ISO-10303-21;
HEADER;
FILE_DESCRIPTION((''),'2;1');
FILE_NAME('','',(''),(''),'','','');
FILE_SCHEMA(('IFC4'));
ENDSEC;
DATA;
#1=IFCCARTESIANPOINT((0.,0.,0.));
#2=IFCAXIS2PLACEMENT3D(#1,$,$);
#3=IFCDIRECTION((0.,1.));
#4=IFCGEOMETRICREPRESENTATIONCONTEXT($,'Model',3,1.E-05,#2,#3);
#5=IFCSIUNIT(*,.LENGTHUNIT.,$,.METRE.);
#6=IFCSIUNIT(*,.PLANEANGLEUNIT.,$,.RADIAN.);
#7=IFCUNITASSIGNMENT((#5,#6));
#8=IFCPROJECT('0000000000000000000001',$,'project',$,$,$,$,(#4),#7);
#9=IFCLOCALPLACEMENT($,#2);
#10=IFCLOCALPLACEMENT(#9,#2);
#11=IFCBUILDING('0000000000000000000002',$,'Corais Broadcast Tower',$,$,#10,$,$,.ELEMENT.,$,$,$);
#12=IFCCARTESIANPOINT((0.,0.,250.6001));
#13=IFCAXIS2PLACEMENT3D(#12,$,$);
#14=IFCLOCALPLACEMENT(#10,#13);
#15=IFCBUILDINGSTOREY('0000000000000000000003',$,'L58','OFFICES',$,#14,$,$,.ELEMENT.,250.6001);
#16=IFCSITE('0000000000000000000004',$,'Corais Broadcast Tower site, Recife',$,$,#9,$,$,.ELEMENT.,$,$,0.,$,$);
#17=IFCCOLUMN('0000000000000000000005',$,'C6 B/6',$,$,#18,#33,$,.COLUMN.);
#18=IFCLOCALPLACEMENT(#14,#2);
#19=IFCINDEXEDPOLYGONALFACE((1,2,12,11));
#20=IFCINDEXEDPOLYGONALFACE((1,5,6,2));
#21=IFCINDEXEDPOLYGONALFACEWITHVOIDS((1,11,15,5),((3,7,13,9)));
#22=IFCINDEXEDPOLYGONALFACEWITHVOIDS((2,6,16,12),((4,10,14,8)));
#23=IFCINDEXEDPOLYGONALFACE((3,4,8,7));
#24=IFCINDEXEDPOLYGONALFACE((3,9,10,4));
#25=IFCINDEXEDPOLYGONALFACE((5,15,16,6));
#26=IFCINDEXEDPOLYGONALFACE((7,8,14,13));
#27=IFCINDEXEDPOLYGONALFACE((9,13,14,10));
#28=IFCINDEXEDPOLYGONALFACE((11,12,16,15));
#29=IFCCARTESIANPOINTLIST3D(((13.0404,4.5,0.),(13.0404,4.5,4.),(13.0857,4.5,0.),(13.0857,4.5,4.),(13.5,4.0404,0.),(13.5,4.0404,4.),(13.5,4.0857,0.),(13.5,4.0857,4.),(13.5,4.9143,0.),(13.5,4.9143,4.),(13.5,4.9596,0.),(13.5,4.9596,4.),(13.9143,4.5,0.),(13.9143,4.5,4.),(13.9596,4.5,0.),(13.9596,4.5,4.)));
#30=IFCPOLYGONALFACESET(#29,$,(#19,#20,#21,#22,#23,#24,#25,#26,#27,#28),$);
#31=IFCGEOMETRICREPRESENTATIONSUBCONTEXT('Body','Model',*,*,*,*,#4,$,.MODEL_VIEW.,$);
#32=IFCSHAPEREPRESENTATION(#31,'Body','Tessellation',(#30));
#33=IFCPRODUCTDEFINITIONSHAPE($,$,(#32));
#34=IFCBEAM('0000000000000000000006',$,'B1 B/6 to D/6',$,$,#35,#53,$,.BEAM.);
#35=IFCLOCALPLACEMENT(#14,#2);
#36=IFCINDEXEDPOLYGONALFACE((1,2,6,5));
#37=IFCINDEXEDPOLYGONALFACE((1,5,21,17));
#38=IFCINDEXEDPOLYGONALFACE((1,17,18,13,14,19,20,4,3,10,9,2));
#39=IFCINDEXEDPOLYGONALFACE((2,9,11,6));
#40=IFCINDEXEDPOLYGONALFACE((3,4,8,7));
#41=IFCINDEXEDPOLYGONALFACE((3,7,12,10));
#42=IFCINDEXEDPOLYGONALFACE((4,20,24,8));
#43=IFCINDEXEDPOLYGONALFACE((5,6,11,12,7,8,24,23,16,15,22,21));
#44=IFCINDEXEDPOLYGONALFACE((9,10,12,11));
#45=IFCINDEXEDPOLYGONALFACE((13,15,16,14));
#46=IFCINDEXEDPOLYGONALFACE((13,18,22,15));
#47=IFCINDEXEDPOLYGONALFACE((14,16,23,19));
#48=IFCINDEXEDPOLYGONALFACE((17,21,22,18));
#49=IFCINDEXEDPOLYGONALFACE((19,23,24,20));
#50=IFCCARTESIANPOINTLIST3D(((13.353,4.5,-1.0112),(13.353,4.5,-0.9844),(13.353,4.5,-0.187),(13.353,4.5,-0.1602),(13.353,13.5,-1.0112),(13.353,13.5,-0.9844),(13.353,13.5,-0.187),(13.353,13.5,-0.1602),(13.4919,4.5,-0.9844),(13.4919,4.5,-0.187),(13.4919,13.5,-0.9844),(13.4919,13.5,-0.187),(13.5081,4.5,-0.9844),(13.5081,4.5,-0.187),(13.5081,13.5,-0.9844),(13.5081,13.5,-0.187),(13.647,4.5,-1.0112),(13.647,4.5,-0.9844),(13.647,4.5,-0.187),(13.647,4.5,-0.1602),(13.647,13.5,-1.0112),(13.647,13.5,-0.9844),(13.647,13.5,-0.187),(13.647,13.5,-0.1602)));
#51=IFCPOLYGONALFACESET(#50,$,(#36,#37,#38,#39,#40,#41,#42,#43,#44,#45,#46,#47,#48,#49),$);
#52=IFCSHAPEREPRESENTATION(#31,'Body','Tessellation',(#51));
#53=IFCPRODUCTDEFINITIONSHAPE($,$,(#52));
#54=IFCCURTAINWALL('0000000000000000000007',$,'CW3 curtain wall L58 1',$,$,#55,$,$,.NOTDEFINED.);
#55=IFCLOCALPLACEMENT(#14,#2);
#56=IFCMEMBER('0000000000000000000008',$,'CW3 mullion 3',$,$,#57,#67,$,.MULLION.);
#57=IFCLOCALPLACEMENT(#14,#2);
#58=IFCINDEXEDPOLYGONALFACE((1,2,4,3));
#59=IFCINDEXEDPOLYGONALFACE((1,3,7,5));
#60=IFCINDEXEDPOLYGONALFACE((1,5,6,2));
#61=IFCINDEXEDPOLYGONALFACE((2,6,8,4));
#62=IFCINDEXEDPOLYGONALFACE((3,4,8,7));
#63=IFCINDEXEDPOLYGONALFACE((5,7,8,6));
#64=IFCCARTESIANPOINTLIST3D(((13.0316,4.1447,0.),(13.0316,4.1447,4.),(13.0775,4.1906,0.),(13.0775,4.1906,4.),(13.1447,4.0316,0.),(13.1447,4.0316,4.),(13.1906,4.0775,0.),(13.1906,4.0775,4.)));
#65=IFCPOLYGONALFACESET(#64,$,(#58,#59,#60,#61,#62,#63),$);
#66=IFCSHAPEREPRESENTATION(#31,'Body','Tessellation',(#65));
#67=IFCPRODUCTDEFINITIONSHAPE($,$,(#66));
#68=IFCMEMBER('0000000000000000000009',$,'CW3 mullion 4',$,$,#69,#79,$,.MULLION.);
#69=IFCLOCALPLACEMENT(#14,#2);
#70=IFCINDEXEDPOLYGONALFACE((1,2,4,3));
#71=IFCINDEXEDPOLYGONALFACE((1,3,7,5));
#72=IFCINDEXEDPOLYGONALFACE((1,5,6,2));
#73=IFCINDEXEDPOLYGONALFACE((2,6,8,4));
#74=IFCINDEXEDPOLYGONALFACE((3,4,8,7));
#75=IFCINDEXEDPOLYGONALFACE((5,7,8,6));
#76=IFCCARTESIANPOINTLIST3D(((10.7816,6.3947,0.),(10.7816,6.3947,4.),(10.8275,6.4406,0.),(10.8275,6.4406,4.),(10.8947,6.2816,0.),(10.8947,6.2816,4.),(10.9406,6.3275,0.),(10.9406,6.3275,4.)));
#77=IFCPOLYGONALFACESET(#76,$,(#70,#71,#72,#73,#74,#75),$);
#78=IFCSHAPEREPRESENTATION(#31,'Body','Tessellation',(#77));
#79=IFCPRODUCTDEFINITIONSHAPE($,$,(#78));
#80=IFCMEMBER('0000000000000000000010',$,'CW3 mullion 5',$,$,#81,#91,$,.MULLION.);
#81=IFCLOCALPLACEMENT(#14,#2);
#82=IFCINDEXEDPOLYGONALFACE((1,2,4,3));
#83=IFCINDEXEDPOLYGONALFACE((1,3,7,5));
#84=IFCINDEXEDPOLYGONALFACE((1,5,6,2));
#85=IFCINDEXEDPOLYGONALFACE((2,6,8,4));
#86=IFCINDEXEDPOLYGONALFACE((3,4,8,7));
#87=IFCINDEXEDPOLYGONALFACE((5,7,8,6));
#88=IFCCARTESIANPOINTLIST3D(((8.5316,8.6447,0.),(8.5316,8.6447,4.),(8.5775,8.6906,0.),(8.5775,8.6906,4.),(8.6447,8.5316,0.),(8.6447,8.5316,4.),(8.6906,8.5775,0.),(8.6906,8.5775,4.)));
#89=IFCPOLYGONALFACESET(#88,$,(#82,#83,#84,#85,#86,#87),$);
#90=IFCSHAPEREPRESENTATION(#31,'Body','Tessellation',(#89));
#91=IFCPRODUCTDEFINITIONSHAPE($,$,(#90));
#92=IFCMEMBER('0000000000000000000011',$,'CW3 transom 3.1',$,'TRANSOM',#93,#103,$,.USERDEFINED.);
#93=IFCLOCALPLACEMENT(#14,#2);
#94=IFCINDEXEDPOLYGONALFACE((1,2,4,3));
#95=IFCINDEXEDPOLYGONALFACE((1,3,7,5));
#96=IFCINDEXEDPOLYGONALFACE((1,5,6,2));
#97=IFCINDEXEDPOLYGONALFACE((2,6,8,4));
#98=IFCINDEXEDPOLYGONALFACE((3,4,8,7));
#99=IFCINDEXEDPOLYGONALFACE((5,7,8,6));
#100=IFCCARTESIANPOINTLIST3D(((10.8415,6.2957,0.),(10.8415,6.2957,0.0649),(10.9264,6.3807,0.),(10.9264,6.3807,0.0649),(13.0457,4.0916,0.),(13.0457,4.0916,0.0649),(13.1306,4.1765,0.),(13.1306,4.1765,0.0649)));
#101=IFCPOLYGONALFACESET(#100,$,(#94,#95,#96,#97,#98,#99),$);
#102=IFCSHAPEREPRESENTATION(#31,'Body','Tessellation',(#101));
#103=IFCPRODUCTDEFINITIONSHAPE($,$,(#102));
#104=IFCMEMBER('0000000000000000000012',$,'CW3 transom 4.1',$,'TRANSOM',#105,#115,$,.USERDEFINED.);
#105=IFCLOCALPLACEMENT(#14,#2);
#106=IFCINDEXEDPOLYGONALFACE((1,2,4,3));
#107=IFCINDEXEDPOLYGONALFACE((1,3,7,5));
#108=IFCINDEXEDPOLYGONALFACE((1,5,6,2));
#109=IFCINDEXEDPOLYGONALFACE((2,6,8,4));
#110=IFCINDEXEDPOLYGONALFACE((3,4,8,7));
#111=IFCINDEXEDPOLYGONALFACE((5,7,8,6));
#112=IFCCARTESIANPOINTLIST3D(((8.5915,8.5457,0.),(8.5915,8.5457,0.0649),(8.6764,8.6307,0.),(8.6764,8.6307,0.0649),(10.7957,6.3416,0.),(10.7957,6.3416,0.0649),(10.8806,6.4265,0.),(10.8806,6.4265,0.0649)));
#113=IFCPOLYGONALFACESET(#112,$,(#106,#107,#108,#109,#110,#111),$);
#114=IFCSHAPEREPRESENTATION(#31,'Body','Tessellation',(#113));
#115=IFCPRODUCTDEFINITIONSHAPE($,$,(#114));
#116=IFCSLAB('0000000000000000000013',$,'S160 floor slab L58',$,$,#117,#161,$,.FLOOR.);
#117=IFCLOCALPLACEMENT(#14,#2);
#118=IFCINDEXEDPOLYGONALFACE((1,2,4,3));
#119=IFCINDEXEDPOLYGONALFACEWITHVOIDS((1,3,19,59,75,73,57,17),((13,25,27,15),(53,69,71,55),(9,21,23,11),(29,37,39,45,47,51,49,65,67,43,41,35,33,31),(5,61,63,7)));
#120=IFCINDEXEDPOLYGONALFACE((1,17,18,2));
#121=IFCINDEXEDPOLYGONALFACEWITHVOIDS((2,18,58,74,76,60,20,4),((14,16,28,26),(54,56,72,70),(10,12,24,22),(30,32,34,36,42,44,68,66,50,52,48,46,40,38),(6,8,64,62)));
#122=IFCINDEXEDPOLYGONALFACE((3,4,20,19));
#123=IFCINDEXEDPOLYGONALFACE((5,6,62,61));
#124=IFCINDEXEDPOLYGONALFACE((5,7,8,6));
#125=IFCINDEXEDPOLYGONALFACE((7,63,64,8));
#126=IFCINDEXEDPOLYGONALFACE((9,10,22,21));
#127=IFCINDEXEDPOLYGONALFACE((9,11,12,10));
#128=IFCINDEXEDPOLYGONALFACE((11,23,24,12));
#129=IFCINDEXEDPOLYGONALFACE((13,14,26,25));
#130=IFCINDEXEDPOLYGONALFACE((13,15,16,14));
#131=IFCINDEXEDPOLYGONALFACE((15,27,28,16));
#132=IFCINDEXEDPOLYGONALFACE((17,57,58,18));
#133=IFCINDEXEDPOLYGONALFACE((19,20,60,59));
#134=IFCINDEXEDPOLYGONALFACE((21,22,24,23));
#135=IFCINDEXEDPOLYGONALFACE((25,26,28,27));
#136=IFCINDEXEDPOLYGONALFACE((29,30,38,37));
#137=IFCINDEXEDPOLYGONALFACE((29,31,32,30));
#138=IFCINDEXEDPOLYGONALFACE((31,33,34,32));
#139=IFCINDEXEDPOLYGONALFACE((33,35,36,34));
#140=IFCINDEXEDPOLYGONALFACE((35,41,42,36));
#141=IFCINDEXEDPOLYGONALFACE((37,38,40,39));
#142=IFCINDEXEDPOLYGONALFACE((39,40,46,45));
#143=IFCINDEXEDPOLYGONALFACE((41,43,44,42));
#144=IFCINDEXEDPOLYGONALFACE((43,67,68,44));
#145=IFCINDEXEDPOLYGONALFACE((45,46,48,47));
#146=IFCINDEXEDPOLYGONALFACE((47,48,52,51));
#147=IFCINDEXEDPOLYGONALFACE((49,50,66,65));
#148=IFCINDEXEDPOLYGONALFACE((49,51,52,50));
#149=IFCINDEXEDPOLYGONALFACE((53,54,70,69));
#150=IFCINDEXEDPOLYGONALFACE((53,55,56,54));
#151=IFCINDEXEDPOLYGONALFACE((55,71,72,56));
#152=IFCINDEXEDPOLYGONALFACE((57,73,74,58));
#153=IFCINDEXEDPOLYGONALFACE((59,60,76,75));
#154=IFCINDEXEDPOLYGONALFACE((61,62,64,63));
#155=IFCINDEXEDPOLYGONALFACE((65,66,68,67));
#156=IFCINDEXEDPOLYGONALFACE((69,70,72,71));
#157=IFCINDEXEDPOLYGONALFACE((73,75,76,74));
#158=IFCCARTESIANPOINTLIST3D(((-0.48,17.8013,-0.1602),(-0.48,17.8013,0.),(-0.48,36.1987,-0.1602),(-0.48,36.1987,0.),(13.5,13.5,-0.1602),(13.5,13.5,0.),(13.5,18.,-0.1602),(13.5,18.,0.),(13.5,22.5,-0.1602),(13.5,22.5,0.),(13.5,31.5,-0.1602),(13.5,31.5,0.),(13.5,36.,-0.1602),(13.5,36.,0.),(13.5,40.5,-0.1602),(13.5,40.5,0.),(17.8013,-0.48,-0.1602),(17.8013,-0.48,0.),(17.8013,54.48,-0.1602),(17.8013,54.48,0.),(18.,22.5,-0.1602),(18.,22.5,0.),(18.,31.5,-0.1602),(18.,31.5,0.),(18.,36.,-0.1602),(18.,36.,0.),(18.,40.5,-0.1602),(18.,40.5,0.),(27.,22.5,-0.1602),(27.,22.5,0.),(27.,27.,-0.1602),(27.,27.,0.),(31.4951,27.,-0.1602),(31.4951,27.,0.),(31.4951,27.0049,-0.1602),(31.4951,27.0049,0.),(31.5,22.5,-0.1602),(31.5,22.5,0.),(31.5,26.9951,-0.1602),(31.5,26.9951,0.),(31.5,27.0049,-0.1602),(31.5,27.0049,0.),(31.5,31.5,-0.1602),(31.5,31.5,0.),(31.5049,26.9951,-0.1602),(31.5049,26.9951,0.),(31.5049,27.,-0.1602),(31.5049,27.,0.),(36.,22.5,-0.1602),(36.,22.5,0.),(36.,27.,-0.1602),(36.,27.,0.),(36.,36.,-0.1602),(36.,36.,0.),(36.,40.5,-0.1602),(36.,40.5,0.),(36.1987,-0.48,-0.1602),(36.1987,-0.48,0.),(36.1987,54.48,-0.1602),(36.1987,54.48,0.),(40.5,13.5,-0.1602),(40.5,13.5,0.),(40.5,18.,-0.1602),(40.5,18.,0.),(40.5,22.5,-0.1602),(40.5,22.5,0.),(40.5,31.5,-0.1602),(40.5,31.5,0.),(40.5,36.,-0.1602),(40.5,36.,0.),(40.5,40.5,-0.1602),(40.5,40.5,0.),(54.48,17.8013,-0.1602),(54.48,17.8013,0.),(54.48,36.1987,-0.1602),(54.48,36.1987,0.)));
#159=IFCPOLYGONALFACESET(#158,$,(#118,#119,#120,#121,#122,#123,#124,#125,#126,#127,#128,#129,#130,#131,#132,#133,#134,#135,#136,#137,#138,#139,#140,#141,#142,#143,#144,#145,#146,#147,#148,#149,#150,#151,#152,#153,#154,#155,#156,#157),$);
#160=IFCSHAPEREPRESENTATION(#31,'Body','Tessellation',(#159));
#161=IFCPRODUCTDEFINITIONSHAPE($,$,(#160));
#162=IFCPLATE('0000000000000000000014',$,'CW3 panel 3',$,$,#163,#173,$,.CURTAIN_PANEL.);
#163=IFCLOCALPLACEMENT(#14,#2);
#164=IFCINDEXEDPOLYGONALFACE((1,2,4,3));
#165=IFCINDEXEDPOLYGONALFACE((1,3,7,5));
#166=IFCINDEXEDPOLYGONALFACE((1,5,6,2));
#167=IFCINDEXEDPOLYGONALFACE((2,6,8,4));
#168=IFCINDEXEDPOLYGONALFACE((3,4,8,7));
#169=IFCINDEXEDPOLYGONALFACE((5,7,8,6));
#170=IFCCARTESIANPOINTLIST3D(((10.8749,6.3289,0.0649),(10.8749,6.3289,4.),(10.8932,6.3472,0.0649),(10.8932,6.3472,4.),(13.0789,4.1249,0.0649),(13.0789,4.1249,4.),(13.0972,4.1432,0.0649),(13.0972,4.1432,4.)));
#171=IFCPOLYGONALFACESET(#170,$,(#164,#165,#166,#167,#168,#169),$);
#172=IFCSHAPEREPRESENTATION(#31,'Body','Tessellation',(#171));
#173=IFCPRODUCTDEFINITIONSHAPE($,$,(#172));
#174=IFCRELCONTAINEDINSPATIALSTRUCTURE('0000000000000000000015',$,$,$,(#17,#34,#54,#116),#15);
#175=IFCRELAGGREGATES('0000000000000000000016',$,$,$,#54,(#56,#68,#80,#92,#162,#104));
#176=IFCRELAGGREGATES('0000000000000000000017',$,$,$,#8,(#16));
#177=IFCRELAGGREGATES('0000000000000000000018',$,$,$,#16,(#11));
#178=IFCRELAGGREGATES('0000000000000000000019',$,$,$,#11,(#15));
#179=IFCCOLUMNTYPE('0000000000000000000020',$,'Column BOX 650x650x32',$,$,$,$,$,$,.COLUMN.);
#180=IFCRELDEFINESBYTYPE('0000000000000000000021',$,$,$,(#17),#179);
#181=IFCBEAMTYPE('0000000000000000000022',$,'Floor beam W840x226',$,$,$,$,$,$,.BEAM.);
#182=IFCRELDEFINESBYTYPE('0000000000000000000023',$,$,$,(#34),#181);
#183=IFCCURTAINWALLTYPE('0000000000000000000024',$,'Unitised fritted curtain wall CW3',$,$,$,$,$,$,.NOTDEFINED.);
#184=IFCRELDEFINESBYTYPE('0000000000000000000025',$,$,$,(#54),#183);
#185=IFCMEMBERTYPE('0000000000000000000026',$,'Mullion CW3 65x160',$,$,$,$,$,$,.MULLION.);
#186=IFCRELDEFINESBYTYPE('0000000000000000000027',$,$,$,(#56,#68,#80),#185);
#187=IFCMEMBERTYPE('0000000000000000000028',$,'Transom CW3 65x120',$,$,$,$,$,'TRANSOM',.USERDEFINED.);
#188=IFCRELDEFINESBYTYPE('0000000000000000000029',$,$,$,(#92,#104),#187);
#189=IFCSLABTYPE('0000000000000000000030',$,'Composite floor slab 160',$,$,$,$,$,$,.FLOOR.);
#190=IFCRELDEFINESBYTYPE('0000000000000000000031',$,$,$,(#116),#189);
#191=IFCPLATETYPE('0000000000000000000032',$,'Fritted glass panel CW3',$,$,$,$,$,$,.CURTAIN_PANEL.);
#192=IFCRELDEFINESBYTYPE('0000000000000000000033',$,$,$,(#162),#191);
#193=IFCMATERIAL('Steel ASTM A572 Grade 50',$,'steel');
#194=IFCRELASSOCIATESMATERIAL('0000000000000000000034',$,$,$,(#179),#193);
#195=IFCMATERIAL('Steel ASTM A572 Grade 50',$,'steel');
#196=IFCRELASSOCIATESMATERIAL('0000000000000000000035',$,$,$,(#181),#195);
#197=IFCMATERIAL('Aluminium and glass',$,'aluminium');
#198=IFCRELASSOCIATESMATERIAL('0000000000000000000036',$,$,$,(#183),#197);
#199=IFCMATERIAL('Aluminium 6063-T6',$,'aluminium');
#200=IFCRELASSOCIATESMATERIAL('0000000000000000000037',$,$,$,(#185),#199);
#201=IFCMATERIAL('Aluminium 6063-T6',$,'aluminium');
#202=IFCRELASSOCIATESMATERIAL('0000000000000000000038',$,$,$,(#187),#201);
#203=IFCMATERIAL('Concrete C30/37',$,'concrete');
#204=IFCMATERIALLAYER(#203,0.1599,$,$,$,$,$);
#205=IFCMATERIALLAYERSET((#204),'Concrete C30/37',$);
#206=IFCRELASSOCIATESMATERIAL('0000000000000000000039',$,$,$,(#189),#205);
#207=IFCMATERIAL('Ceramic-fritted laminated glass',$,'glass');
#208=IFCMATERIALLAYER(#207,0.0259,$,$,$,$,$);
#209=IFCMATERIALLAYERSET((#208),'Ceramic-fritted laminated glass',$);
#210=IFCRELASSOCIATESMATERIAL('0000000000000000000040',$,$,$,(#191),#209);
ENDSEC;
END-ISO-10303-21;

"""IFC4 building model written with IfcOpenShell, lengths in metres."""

from ifc_helpers import new_model, si_unit, direction, frame, origin, origin_2d, place, context, subcontext, project, spatial, polyline, rectangle, hollow_rectangle, i_section, outline, extrude, material, layer, layer_set, material_profile, profile_set, type_object, element, aggregate, save


model = new_model("IFC4")

# Units and contexts
model_context = context("Model", 3, precision=1e-05, world=origin(), true_north=direction((0.0, 1.0)))
body_context = subcontext(model_context, "Body", "Model", "MODEL_VIEW")
ifc_project = project(units=[si_unit("LENGTHUNIT", "METRE"), si_unit("PLANEANGLEUNIT", "RADIAN")], contexts=[model_context])

# Site, building, storey
site_placement = place(None, origin())
site = spatial("IfcSite", under=ifc_project, at=site_placement, Name="Corais Broadcast Tower site, Recife", CompositionType="ELEMENT", RefElevation=0.0)
building_placement = place(site_placement, origin())
building = spatial("IfcBuilding", under=site, at=building_placement, Name="Corais Broadcast Tower", CompositionType="ELEMENT")
storey_placement = place(building_placement, frame((0.0, 0.0, 250.6001)))
storey = spatial("IfcBuildingStorey", under=building, at=storey_placement, Name="L58", Description="OFFICES", CompositionType="ELEMENT", Elevation=250.6001)

# Column
ifc_material_1 = material(Name="Steel ASTM A572 Grade 50", Category="steel")
ifc_material_profile_1 = material_profile(ifc_material_1, hollow_rectangle(XDim=0.6499, YDim=0.6499, WallThickness=0.032, at=origin_2d()), Name="BOX 650x650x32")
ifc_profile_set_1 = profile_set([ifc_material_profile_1], Name="Steel ASTM A572 Grade 50")
column_type = type_object("IfcColumnType", Name="Column BOX 650x650x32", PredefinedType="COLUMN", material=ifc_profile_set_1)
column_placement = place(storey_placement, frame((13.5, 4.5, 0.0), z_axis=(0.0, 0.0, 1.0), x_axis=(0.707107, 0.707107, 0.0)))
element("IfcColumn", 1, at=column_placement, inside=storey, type_object=column_type, Name="C6 B/6", PredefinedType="COLUMN", context=body_context, shape_type="SweptSolid", body=[
    extrude(hollow_rectangle(XDim=0.6499, YDim=0.6499, WallThickness=0.032, at=origin_2d()), origin(), (0.0, 0.0, 1.0), 4.0),
])

# Beam
ifc_material_2 = material(Name="Steel ASTM A572 Grade 50", Category="steel")
ifc_material_profile_2 = material_profile(ifc_material_2, i_section(OverallWidth=0.2939, OverallDepth=0.8511, WebThickness=0.0161, FlangeThickness=0.0269, at=origin_2d()), Name="W840x226")
ifc_profile_set_2 = profile_set([ifc_material_profile_2], Name="Steel ASTM A572 Grade 50")
beam_type = type_object("IfcBeamType", Name="Floor beam W840x226", PredefinedType="BEAM", material=ifc_profile_set_2)
beam_placement = place(storey_placement, frame((13.5, 4.5, -0.5857), z_axis=(0.0, 1.0, 0.0), x_axis=(-1.0, 0.0, 0.0)))
element("IfcBeam", 2, at=beam_placement, inside=storey, type_object=beam_type, Name="B1 B/6 to D/6", PredefinedType="BEAM", context=body_context, shape_type="SweptSolid", body=[
    extrude(i_section(OverallWidth=0.2939, OverallDepth=0.8511, WebThickness=0.0161, FlangeThickness=0.0269, at=origin_2d()), origin(), (0.0, 0.0, 1.0), 9.0),
])

# Curtain wall, members
ifc_material_3 = material(Name="Aluminium and glass", Category="aluminium")
curtain_wall_type = type_object("IfcCurtainWallType", Name="Unitised fritted curtain wall CW3", PredefinedType="NOTDEFINED", material=ifc_material_3)
curtain_wall_placement = place(storey_placement, origin())
curtain_wall = element("IfcCurtainWall", 3, at=curtain_wall_placement, inside=storey, type_object=curtain_wall_type, Name="CW3 curtain wall L58 1", PredefinedType="NOTDEFINED")
ifc_material_4 = material(Name="Aluminium 6063-T6", Category="aluminium")
ifc_material_profile_3 = material_profile(ifc_material_4, rectangle(XDim=0.0649, YDim=0.1599, at=origin_2d()), Name="Mullion CW3 65x160")
ifc_profile_set_3 = profile_set([ifc_material_profile_3], Name="Aluminium 6063-T6")
member_type_1 = type_object("IfcMemberType", Name="Mullion CW3 65x160", PredefinedType="MULLION", material=ifc_profile_set_3)
member_1_placement = place(storey_placement, frame((13.1111, 4.1111, 0.0), z_axis=(0.0, 0.0, 1.0), x_axis=(-0.707107, -0.707107, 0.0)))
member_1 = element("IfcMember", 4, at=member_1_placement, type_object=member_type_1, Name="CW3 mullion 3", PredefinedType="MULLION", context=body_context, shape_type="SweptSolid", body=[
    extrude(rectangle(XDim=0.0649, YDim=0.1599, at=origin_2d()), origin(), (0.0, 0.0, 1.0), 4.0),
])
member_2_placement = place(storey_placement, frame((10.8611, 6.3611, 0.0), z_axis=(0.0, 0.0, 1.0), x_axis=(-0.707107, -0.707107, 0.0)))
member_2 = element("IfcMember", 5, at=member_2_placement, type_object=member_type_1, Name="CW3 mullion 4", PredefinedType="MULLION", context=body_context, shape_type="SweptSolid", body=[
    extrude(rectangle(XDim=0.0649, YDim=0.1599, at=origin_2d()), origin(), (0.0, 0.0, 1.0), 4.0),
])
member_3_placement = place(storey_placement, frame((8.6111, 8.6111, 0.0), z_axis=(0.0, 0.0, 1.0), x_axis=(-0.707107, -0.707107, 0.0)))
member_3 = element("IfcMember", 6, at=member_3_placement, type_object=member_type_1, Name="CW3 mullion 5", PredefinedType="MULLION", context=body_context, shape_type="SweptSolid", body=[
    extrude(rectangle(XDim=0.0649, YDim=0.1599, at=origin_2d()), origin(), (0.0, 0.0, 1.0), 4.0),
])
ifc_material_5 = material(Name="Aluminium 6063-T6", Category="aluminium")
ifc_material_profile_4 = material_profile(ifc_material_5, rectangle(XDim=0.1201, YDim=0.0649, at=origin_2d()), Name="Transom CW3 65x120")
ifc_profile_set_4 = profile_set([ifc_material_profile_4], Name="Aluminium 6063-T6")
member_type_2 = type_object("IfcMemberType", Name="Transom CW3 65x120", ElementType="TRANSOM", PredefinedType="USERDEFINED", material=ifc_profile_set_4)
member_4_placement = place(storey_placement, frame((13.0881, 4.134, 0.0325), z_axis=(-0.707107, 0.707107, 0.0), x_axis=(-0.707107, -0.707107, 0.0)))
member_4 = element("IfcMember", 7, at=member_4_placement, type_object=member_type_2, Name="CW3 transom 3.1", ObjectType="TRANSOM", PredefinedType="USERDEFINED", context=body_context, shape_type="SweptSolid", body=[
    extrude(rectangle(XDim=0.1201, YDim=0.0649, at=origin_2d()), origin(), (0.0, 0.0, 1.0), 3.1172),
])
member_5_placement = place(storey_placement, frame((10.8381, 6.384, 0.0325), z_axis=(-0.707107, 0.707107, 0.0), x_axis=(-0.707107, -0.707107, 0.0)))
member_5 = element("IfcMember", 8, at=member_5_placement, type_object=member_type_2, Name="CW3 transom 4.1", ObjectType="TRANSOM", PredefinedType="USERDEFINED", context=body_context, shape_type="SweptSolid", body=[
    extrude(rectangle(XDim=0.1201, YDim=0.0649, at=origin_2d()), origin(), (0.0, 0.0, 1.0), 3.1172),
])

# Slab
ifc_material_6 = material(Name="Concrete C30/37", Category="concrete")
ifc_layer_1 = layer(ifc_material_6, 0.1599)
ifc_layer_set_1 = layer_set([ifc_layer_1], Name="Concrete C30/37")
slab_type_1 = type_object("IfcSlabType", Name="Composite floor slab 160", PredefinedType="FLOOR", material=ifc_layer_set_1)
slab_1_placement = place(storey_placement, frame((0.0, 0.0, -0.1602)))
element("IfcSlab", 9, at=slab_1_placement, inside=storey, type_object=slab_type_1, Name="S160 floor slab L58", PredefinedType="FLOOR", context=body_context, shape_type="SweptSolid", body=[
    extrude(outline(polyline([(17.8013, -0.48), (-0.48, 17.8013), (-0.48, 36.1987), (17.8013, 54.48), (36.1987, 54.48), (54.48, 36.1987), (54.48, 17.8013), (36.1987, -0.48), (17.8013, -0.48)]), holes=[polyline([(13.5, 18.0), (40.5, 18.0), (40.5, 13.5), (13.5, 13.5), (13.5, 18.0)]), polyline([(18.0, 22.5), (13.5, 22.5), (13.5, 31.5), (18.0, 31.5), (18.0, 22.5)]), polyline([(18.0, 36.0), (13.5, 36.0), (13.5, 40.5), (18.0, 40.5), (18.0, 36.0)]), polyline([(31.5, 22.5), (27.0, 22.5), (27.0, 27.0), (31.4951, 27.0), (31.4951, 27.0049), (31.5, 27.0049), (31.5, 31.5), (40.5, 31.5), (40.5, 22.5), (36.0, 22.5), (36.0, 27.0), (31.5049, 27.0), (31.5049, 26.9951), (31.5, 26.9951), (31.5, 22.5)]), polyline([(40.5, 36.0), (36.0, 36.0), (36.0, 40.5), (40.5, 40.5), (40.5, 36.0)])]), origin(), (0.0, 0.0, 1.0), 0.1602),
])

# Plate
ifc_material_7 = material(Name="Ceramic-fritted laminated glass", Category="glass")
ifc_layer_2 = layer(ifc_material_7, 0.0259)
ifc_layer_set_2 = layer_set([ifc_layer_2], Name="Ceramic-fritted laminated glass")
plate_type_1 = type_object("IfcPlateType", Name="Fritted glass panel CW3", PredefinedType="CURTAIN_PANEL", material=ifc_layer_set_2)
plate_1_placement = place(storey_placement, frame((11.9861, 5.2361, 0.0649), z_axis=(0.0, 0.0, 1.0), x_axis=(-0.707107, 0.707107, 0.0)))
plate_1 = element("IfcPlate", 10, at=plate_1_placement, type_object=plate_type_1, Name="CW3 panel 3", PredefinedType="CURTAIN_PANEL", context=body_context, shape_type="SweptSolid", body=[
    extrude(rectangle(XDim=3.1169, YDim=0.0259, at=origin_2d()), origin(), (0.0, 0.0, 1.0), 3.9351),
])
aggregate(curtain_wall, [member_1, member_2, member_3, member_4, plate_1, member_5])

save(model, "model.ifc")
